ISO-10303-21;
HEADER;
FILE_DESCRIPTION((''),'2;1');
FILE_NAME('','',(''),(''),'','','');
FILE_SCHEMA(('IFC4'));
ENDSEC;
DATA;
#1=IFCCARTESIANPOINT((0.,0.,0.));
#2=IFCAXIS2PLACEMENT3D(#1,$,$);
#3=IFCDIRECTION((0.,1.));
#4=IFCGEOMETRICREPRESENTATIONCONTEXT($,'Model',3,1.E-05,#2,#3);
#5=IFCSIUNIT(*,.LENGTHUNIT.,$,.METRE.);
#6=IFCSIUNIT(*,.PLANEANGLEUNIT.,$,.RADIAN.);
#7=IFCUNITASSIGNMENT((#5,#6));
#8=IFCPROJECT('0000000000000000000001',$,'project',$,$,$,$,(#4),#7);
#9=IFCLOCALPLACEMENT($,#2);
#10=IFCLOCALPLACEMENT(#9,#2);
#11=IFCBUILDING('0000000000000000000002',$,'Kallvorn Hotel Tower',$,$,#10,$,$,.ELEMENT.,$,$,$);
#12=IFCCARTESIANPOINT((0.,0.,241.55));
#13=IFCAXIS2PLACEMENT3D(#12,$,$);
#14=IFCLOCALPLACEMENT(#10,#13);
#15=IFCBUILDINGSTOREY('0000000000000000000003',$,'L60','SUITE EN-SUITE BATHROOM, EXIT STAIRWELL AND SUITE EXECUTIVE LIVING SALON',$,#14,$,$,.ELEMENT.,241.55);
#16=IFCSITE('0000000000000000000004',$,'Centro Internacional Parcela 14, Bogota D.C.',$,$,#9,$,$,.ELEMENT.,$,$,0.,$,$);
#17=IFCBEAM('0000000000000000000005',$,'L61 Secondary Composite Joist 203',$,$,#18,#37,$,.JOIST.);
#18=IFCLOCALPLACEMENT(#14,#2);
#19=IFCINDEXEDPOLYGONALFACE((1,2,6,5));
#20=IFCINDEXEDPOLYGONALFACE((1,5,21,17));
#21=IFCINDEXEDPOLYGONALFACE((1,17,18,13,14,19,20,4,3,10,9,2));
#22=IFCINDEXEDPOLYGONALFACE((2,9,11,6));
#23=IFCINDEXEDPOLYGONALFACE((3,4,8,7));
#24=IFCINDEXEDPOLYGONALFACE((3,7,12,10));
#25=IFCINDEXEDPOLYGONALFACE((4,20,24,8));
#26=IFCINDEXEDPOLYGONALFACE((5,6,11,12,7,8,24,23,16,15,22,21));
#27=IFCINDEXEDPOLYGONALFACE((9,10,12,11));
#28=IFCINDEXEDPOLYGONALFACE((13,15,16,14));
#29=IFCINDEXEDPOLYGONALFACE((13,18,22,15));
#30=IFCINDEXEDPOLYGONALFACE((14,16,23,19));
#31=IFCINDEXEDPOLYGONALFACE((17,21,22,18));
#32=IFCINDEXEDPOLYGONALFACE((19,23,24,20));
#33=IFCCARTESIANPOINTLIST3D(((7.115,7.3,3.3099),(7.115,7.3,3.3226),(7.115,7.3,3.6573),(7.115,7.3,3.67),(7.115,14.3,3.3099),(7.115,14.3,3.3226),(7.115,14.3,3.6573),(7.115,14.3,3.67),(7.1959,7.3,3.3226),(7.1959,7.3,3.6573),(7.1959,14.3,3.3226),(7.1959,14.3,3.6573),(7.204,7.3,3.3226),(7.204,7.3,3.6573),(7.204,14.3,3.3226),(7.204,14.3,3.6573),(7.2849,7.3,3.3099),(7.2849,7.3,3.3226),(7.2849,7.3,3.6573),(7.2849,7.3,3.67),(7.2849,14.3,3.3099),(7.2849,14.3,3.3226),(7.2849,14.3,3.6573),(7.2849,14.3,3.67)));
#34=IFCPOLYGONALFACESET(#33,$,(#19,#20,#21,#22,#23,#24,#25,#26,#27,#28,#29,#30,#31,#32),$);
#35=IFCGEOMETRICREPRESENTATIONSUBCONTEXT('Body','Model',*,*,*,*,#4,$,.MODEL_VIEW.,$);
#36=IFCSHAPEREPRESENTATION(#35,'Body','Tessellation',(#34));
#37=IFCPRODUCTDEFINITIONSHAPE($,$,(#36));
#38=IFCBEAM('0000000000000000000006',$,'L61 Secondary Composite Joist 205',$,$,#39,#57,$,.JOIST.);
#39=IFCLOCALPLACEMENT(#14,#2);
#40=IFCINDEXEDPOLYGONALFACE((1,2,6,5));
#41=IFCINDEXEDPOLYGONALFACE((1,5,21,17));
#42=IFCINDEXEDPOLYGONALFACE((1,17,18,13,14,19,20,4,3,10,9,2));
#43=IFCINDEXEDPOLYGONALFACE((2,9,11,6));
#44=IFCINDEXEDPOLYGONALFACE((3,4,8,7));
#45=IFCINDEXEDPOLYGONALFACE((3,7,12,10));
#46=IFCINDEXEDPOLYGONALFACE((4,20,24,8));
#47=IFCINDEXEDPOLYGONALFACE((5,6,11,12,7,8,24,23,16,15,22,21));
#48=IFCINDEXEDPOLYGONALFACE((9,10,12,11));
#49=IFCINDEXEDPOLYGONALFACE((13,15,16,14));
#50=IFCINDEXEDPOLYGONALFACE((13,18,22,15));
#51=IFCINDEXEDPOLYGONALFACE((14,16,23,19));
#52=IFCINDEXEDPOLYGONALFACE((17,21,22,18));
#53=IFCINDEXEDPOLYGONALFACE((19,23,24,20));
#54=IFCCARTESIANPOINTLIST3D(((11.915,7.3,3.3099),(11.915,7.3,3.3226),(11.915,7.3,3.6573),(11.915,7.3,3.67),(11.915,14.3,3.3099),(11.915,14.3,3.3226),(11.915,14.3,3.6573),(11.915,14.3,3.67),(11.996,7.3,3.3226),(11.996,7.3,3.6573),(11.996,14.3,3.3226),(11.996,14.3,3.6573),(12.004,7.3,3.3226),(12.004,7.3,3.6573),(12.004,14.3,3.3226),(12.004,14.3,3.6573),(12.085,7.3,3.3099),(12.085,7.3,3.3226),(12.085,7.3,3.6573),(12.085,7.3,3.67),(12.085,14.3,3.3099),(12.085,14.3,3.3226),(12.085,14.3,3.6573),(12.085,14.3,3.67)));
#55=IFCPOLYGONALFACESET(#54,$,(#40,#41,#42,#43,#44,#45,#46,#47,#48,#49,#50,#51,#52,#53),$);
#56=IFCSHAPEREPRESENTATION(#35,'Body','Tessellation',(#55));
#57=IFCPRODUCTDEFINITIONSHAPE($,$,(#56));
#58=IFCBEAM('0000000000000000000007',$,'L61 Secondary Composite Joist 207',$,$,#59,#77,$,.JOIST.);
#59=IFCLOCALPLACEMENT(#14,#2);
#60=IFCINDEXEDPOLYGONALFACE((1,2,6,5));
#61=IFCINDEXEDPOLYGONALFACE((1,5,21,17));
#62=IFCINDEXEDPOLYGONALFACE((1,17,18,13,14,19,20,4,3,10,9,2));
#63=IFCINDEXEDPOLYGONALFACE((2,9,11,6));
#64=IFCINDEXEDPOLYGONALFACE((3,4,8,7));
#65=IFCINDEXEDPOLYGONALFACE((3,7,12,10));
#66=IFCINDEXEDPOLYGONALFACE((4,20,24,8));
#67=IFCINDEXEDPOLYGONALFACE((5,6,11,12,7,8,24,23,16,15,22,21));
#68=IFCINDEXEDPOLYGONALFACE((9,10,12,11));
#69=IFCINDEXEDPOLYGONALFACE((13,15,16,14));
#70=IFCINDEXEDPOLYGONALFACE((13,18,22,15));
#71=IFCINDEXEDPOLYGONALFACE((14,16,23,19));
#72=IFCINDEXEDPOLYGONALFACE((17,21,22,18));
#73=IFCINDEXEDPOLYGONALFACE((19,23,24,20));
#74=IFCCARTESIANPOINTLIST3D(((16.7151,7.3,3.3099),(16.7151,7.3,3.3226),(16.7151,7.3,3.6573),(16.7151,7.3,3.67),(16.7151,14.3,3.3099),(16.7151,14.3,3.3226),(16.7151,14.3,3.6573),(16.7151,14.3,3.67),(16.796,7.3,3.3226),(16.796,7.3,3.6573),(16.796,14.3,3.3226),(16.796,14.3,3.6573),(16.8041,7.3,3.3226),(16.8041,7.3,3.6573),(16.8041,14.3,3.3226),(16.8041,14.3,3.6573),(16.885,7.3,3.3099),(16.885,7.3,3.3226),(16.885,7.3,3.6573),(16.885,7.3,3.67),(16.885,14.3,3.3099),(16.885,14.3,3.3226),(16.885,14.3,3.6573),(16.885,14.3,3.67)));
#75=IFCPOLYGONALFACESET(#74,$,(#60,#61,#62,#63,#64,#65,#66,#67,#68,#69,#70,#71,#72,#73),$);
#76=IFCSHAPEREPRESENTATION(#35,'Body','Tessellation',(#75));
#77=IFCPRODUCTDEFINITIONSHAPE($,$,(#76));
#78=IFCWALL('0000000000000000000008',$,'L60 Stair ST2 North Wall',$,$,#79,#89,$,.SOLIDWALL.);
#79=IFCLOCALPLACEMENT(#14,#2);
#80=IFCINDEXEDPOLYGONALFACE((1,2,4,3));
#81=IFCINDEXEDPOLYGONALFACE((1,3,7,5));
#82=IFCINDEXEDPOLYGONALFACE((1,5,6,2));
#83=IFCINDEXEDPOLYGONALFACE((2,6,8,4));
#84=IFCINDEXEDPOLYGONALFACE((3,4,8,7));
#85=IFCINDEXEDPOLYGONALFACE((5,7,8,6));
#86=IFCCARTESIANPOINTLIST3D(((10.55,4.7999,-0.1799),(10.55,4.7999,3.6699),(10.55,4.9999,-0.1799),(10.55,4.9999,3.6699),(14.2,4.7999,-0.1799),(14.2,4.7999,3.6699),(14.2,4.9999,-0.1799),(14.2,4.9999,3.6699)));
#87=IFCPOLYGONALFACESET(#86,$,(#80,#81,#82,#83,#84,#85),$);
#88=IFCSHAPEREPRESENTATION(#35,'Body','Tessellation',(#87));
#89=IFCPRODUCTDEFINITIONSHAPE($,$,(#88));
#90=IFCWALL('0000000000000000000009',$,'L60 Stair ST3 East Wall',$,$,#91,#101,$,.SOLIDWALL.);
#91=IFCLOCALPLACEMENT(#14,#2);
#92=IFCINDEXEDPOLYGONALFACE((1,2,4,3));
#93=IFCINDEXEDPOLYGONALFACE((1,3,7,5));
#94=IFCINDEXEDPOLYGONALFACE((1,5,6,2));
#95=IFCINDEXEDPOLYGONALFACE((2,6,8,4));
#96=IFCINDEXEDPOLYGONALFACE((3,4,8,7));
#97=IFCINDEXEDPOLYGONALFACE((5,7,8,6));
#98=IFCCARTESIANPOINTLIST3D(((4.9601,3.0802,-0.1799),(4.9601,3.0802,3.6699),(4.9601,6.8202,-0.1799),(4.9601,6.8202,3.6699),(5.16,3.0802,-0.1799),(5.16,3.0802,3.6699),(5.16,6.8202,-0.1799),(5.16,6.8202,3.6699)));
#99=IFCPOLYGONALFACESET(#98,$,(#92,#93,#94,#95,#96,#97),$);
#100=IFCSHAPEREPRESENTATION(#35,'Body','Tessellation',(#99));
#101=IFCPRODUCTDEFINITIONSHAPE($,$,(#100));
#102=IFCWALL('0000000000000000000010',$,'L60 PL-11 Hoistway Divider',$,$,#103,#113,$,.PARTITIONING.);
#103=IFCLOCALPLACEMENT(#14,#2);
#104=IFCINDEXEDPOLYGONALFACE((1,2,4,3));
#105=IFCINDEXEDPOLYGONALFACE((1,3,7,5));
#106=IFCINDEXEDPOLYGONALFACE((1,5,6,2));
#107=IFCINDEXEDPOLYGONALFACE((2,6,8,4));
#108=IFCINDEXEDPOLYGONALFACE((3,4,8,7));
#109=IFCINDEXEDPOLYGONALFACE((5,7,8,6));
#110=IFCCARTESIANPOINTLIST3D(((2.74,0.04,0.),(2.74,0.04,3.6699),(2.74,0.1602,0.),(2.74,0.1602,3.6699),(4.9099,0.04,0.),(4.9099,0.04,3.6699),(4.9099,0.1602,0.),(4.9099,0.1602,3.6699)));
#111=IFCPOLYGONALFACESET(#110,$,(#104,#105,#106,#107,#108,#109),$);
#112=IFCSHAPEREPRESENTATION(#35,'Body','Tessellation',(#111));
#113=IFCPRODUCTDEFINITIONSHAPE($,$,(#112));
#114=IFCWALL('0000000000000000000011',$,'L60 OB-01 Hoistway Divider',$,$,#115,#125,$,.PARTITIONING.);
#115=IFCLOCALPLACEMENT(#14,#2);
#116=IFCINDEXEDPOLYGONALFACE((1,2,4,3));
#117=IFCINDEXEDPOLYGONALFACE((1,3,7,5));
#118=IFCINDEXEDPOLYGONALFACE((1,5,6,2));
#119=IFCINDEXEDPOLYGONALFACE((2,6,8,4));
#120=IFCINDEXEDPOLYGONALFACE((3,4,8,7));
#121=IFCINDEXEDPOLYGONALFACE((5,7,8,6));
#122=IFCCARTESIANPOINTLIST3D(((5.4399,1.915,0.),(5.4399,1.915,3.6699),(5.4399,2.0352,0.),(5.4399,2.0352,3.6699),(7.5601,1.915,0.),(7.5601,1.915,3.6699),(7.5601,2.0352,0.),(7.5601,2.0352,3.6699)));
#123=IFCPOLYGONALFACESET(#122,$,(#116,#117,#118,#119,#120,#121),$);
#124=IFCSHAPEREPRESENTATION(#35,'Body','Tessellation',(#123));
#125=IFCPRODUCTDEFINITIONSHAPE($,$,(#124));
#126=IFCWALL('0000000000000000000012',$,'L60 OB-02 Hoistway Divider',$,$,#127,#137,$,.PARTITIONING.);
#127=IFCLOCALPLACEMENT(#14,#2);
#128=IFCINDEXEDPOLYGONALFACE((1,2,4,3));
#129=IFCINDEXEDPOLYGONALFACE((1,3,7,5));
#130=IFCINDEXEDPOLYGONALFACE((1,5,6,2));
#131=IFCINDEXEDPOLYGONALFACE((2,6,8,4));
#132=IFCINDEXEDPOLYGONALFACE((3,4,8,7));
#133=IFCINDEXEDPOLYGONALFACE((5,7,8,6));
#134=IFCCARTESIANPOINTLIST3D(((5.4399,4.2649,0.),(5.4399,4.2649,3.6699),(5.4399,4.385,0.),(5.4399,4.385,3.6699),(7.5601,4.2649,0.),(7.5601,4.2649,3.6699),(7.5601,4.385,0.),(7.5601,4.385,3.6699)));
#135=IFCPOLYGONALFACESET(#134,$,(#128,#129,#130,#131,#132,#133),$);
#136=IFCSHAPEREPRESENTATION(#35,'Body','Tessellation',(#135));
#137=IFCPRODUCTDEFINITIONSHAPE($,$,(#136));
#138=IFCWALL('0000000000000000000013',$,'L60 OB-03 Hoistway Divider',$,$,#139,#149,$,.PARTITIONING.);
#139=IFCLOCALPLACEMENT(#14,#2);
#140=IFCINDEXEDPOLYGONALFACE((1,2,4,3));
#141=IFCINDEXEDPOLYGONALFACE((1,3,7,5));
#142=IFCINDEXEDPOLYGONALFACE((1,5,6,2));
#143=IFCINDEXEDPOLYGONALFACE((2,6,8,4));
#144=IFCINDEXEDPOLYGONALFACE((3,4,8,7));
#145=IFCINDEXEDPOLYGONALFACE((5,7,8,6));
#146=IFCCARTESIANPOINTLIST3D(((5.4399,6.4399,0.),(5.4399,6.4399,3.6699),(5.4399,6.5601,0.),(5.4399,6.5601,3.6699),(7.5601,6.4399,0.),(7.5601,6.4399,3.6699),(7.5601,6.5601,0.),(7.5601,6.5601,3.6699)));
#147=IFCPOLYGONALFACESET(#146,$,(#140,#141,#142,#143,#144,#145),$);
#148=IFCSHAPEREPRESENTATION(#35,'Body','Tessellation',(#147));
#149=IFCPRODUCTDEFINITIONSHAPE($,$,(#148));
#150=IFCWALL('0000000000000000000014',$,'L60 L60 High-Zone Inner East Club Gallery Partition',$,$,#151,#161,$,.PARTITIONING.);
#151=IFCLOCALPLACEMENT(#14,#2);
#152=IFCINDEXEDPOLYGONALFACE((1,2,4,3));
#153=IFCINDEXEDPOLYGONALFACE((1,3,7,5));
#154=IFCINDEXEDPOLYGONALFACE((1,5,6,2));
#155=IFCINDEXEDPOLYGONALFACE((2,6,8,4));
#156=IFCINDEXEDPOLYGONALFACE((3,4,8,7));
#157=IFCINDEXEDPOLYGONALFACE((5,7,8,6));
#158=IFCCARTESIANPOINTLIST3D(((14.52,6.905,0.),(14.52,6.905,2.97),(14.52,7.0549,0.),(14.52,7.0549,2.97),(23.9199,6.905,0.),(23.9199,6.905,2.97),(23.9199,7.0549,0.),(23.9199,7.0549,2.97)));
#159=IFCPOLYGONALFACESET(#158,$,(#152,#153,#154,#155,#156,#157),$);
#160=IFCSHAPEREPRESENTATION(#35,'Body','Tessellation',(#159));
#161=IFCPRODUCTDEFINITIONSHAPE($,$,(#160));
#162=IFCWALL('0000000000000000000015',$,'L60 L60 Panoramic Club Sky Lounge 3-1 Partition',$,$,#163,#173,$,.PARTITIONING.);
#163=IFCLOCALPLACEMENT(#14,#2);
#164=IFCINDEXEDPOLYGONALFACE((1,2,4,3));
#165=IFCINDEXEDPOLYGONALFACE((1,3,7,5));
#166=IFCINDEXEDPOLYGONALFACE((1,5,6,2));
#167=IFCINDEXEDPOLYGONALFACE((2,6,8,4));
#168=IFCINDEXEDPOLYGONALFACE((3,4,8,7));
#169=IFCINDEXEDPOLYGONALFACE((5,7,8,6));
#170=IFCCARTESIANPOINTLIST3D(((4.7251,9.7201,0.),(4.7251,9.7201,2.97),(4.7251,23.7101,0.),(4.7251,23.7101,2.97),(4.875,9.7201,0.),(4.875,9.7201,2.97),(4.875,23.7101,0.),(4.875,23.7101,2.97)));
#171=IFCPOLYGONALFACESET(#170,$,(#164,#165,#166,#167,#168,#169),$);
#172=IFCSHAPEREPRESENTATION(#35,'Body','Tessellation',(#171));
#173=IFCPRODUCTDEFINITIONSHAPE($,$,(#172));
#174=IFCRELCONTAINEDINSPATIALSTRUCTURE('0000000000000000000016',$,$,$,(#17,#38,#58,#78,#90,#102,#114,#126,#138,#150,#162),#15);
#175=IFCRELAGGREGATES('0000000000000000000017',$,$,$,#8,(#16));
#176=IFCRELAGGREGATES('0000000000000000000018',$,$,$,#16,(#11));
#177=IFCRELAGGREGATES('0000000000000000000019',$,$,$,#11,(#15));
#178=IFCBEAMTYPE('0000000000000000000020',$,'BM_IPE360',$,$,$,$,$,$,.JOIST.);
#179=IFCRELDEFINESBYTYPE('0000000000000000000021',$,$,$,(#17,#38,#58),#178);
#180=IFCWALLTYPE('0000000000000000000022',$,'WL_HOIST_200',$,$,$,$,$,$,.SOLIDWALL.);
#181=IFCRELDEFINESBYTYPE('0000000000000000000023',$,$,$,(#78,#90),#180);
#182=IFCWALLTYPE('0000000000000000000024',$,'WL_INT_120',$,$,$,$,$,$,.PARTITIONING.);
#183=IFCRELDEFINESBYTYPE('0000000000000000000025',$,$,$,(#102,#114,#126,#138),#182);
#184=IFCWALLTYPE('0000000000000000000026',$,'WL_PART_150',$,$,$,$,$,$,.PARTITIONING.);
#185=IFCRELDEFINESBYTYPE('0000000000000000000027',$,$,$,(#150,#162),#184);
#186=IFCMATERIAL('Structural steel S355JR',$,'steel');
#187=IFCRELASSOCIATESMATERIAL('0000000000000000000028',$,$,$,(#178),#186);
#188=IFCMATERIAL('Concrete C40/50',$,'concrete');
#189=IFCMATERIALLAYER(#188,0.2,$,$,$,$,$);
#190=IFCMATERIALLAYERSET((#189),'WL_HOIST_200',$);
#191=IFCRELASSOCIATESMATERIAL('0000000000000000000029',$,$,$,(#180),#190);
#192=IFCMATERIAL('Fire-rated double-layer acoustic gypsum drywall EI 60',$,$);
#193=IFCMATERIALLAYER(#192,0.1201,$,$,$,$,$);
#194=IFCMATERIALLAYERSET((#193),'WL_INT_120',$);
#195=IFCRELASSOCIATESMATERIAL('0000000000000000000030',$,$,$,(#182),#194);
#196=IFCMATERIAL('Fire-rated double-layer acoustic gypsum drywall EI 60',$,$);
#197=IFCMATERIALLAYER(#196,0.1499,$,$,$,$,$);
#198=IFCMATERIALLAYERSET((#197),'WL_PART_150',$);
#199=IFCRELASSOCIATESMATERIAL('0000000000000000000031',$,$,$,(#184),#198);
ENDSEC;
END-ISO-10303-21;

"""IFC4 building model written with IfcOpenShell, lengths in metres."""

from ifc_helpers import new_model, si_unit, direction, frame, frame_2d, origin, origin_2d, place, context, subcontext, project, spatial, rectangle, i_section, extrude, material, layer, layer_set, material_profile, profile_set, type_object, element, save


model = new_model("IFC4")

# Units and contexts
model_context = context("Model", 3, precision=1e-05, world=origin(), true_north=direction((0.0, 1.0)))
body_context = subcontext(model_context, "Body", "Model", "MODEL_VIEW")
ifc_project = project(units=[si_unit("LENGTHUNIT", "METRE"), si_unit("PLANEANGLEUNIT", "RADIAN")], contexts=[model_context])

# Site, building, storey
site_placement = place(None, origin())
site = spatial("IfcSite", under=ifc_project, at=site_placement, Name="Centro Internacional Parcela 14, Bogota D.C.", CompositionType="ELEMENT", RefElevation=0.0)
building_placement = place(site_placement, origin())
building = spatial("IfcBuilding", under=site, at=building_placement, Name="Kallvorn Hotel Tower", CompositionType="ELEMENT")
storey_placement = place(building_placement, frame((0.0, 0.0, 241.55)))
storey = spatial("IfcBuildingStorey", under=building, at=storey_placement, Name="L60", Description="SUITE EN-SUITE BATHROOM, EXIT STAIRWELL AND SUITE EXECUTIVE LIVING SALON", CompositionType="ELEMENT", Elevation=241.55)

# Beams
ifc_material_1 = material(Name="Structural steel S355JR", Category="steel")
ifc_material_profile_1 = material_profile(ifc_material_1, i_section(OverallWidth=0.1699, OverallDepth=0.3601, WebThickness=0.0081, FlangeThickness=0.0127, at=origin_2d()), Name="IPE 360")
ifc_profile_set_1 = profile_set([ifc_material_profile_1], Name="Structural steel S355JR")
beam_type_1 = type_object("IfcBeamType", Name="BM_IPE360", PredefinedType="JOIST", material=ifc_profile_set_1)
for number, where, z_axis, x_axis, name in (
    (1, (7.2, 7.3, 3.49), (0.0, 1.0, 0.0), (-1.0, 0.0, 0.0), "L61 Secondary Composite Joist 203"),
    (2, (12.0, 7.3, 3.49), (0.0, 1.0, 0.0), (-1.0, 0.0, 0.0), "L61 Secondary Composite Joist 205"),
    (3, (16.8, 7.3, 3.49), (0.0, 1.0, 0.0), (-1.0, 0.0, 0.0), "L61 Secondary Composite Joist 207"),
):
    element("IfcBeam", number, at=place(storey_placement, frame(where, z_axis=z_axis, x_axis=x_axis)), inside=storey, type_object=beam_type_1, Name=name, PredefinedType="JOIST", context=body_context, shape_type="SweptSolid", body=[
        extrude(i_section(OverallWidth=0.1699, OverallDepth=0.3601, WebThickness=0.0081, FlangeThickness=0.0127, at=origin_2d()), origin(), (0.0, 0.0, 1.0), 7.0),
    ])

# Walls
ifc_material_2 = material(Name="Concrete C40/50", Category="concrete")
ifc_layer_1 = layer(ifc_material_2, 0.2)
ifc_layer_set_1 = layer_set([ifc_layer_1], Name="WL_HOIST_200")
wall_type_1 = type_object("IfcWallType", Name="WL_HOIST_200", PredefinedType="SOLIDWALL", material=ifc_layer_set_1)
wall_1_placement = place(storey_placement, frame((10.55, 4.8999, -0.1799), z_axis=(0.0, 0.0, 1.0), x_axis=(1.0, 0.0, 0.0)))
element("IfcWall", 4, at=wall_1_placement, inside=storey, type_object=wall_type_1, Name="L60 Stair ST2 North Wall", PredefinedType="SOLIDWALL", context=body_context, shape_type="SweptSolid", body=[
    extrude(rectangle(XDim=3.6499, YDim=0.2, at=frame_2d((1.825, 0.0))), origin(), (0.0, 0.0, 1.0), 3.8499),
])
wall_2_placement = place(storey_placement, frame((5.0601, 3.0801, -0.1799), z_axis=(0.0, 0.0, 1.0), x_axis=(0.0, 1.0, 0.0)))
element("IfcWall", 5, at=wall_2_placement, inside=storey, type_object=wall_type_1, Name="L60 Stair ST3 East Wall", PredefinedType="SOLIDWALL", context=body_context, shape_type="SweptSolid", body=[
    extrude(rectangle(XDim=3.74, YDim=0.2, at=frame_2d((1.8701, 0.0))), origin(), (0.0, 0.0, 1.0), 3.8499),
])
ifc_material_3 = material(Name="Fire-rated double-layer acoustic gypsum drywall EI 60")
ifc_layer_2 = layer(ifc_material_3, 0.1201)
ifc_layer_set_2 = layer_set([ifc_layer_2], Name="WL_INT_120")
wall_type_2 = type_object("IfcWallType", Name="WL_INT_120", PredefinedType="PARTITIONING", material=ifc_layer_set_2)
wall_3_placement = place(storey_placement, frame((2.74, 0.1001, 0.0), z_axis=(0.0, 0.0, 1.0), x_axis=(1.0, 0.0, 0.0)))
element("IfcWall", 6, at=wall_3_placement, inside=storey, type_object=wall_type_2, Name="L60 PL-11 Hoistway Divider", PredefinedType="PARTITIONING", context=body_context, shape_type="SweptSolid", body=[
    extrude(rectangle(XDim=2.1699, YDim=0.1201, at=frame_2d((1.085, 0.0))), origin(), (0.0, 0.0, 1.0), 3.6699),
])
for number, where, z_axis, x_axis, name in (
    (7, (5.4399, 1.9751, 0.0), (0.0, 0.0, 1.0), (1.0, 0.0, 0.0), "L60 OB-01 Hoistway Divider"),
    (8, (5.4399, 4.325, 0.0), (0.0, 0.0, 1.0), (1.0, 0.0, 0.0), "L60 OB-02 Hoistway Divider"),
    (9, (5.4399, 6.5, 0.0), (0.0, 0.0, 1.0), (1.0, 0.0, 0.0), "L60 OB-03 Hoistway Divider"),
):
    element("IfcWall", number, at=place(storey_placement, frame(where, z_axis=z_axis, x_axis=x_axis)), inside=storey, type_object=wall_type_2, Name=name, PredefinedType="PARTITIONING", context=body_context, shape_type="SweptSolid", body=[
        extrude(rectangle(XDim=2.1201, YDim=0.1201, at=frame_2d((1.0601, 0.0))), origin(), (0.0, 0.0, 1.0), 3.6699),
    ])
ifc_material_4 = material(Name="Fire-rated double-layer acoustic gypsum drywall EI 60")
ifc_layer_3 = layer(ifc_material_4, 0.1499)
ifc_layer_set_3 = layer_set([ifc_layer_3], Name="WL_PART_150")
wall_type_3 = type_object("IfcWallType", Name="WL_PART_150", PredefinedType="PARTITIONING", material=ifc_layer_set_3)
wall_4_placement = place(storey_placement, frame((14.52, 6.98, 0.0), z_axis=(0.0, 0.0, 1.0), x_axis=(1.0, 0.0, 0.0)))
element("IfcWall", 10, at=wall_4_placement, inside=storey, type_object=wall_type_3, Name="L60 L60 High-Zone Inner East Club Gallery Partition", PredefinedType="PARTITIONING", context=body_context, shape_type="SweptSolid", body=[
    extrude(rectangle(XDim=9.3999, YDim=0.1499, at=frame_2d((4.7, 0.0))), origin(), (0.0, 0.0, 1.0), 2.97),
])
wall_5_placement = place(storey_placement, frame((4.8, 9.72, 0.0), z_axis=(0.0, 0.0, 1.0), x_axis=(0.0, 1.0, 0.0)))
element("IfcWall", 11, at=wall_5_placement, inside=storey, type_object=wall_type_3, Name="L60 L60 Panoramic Club Sky Lounge 3-1 Partition", PredefinedType="PARTITIONING", context=body_context, shape_type="SweptSolid", body=[
    extrude(rectangle(XDim=13.99, YDim=0.1499, at=frame_2d((6.9951, 0.0))), origin(), (0.0, 0.0, 1.0), 2.97),
])

save(model, "model.ifc")
